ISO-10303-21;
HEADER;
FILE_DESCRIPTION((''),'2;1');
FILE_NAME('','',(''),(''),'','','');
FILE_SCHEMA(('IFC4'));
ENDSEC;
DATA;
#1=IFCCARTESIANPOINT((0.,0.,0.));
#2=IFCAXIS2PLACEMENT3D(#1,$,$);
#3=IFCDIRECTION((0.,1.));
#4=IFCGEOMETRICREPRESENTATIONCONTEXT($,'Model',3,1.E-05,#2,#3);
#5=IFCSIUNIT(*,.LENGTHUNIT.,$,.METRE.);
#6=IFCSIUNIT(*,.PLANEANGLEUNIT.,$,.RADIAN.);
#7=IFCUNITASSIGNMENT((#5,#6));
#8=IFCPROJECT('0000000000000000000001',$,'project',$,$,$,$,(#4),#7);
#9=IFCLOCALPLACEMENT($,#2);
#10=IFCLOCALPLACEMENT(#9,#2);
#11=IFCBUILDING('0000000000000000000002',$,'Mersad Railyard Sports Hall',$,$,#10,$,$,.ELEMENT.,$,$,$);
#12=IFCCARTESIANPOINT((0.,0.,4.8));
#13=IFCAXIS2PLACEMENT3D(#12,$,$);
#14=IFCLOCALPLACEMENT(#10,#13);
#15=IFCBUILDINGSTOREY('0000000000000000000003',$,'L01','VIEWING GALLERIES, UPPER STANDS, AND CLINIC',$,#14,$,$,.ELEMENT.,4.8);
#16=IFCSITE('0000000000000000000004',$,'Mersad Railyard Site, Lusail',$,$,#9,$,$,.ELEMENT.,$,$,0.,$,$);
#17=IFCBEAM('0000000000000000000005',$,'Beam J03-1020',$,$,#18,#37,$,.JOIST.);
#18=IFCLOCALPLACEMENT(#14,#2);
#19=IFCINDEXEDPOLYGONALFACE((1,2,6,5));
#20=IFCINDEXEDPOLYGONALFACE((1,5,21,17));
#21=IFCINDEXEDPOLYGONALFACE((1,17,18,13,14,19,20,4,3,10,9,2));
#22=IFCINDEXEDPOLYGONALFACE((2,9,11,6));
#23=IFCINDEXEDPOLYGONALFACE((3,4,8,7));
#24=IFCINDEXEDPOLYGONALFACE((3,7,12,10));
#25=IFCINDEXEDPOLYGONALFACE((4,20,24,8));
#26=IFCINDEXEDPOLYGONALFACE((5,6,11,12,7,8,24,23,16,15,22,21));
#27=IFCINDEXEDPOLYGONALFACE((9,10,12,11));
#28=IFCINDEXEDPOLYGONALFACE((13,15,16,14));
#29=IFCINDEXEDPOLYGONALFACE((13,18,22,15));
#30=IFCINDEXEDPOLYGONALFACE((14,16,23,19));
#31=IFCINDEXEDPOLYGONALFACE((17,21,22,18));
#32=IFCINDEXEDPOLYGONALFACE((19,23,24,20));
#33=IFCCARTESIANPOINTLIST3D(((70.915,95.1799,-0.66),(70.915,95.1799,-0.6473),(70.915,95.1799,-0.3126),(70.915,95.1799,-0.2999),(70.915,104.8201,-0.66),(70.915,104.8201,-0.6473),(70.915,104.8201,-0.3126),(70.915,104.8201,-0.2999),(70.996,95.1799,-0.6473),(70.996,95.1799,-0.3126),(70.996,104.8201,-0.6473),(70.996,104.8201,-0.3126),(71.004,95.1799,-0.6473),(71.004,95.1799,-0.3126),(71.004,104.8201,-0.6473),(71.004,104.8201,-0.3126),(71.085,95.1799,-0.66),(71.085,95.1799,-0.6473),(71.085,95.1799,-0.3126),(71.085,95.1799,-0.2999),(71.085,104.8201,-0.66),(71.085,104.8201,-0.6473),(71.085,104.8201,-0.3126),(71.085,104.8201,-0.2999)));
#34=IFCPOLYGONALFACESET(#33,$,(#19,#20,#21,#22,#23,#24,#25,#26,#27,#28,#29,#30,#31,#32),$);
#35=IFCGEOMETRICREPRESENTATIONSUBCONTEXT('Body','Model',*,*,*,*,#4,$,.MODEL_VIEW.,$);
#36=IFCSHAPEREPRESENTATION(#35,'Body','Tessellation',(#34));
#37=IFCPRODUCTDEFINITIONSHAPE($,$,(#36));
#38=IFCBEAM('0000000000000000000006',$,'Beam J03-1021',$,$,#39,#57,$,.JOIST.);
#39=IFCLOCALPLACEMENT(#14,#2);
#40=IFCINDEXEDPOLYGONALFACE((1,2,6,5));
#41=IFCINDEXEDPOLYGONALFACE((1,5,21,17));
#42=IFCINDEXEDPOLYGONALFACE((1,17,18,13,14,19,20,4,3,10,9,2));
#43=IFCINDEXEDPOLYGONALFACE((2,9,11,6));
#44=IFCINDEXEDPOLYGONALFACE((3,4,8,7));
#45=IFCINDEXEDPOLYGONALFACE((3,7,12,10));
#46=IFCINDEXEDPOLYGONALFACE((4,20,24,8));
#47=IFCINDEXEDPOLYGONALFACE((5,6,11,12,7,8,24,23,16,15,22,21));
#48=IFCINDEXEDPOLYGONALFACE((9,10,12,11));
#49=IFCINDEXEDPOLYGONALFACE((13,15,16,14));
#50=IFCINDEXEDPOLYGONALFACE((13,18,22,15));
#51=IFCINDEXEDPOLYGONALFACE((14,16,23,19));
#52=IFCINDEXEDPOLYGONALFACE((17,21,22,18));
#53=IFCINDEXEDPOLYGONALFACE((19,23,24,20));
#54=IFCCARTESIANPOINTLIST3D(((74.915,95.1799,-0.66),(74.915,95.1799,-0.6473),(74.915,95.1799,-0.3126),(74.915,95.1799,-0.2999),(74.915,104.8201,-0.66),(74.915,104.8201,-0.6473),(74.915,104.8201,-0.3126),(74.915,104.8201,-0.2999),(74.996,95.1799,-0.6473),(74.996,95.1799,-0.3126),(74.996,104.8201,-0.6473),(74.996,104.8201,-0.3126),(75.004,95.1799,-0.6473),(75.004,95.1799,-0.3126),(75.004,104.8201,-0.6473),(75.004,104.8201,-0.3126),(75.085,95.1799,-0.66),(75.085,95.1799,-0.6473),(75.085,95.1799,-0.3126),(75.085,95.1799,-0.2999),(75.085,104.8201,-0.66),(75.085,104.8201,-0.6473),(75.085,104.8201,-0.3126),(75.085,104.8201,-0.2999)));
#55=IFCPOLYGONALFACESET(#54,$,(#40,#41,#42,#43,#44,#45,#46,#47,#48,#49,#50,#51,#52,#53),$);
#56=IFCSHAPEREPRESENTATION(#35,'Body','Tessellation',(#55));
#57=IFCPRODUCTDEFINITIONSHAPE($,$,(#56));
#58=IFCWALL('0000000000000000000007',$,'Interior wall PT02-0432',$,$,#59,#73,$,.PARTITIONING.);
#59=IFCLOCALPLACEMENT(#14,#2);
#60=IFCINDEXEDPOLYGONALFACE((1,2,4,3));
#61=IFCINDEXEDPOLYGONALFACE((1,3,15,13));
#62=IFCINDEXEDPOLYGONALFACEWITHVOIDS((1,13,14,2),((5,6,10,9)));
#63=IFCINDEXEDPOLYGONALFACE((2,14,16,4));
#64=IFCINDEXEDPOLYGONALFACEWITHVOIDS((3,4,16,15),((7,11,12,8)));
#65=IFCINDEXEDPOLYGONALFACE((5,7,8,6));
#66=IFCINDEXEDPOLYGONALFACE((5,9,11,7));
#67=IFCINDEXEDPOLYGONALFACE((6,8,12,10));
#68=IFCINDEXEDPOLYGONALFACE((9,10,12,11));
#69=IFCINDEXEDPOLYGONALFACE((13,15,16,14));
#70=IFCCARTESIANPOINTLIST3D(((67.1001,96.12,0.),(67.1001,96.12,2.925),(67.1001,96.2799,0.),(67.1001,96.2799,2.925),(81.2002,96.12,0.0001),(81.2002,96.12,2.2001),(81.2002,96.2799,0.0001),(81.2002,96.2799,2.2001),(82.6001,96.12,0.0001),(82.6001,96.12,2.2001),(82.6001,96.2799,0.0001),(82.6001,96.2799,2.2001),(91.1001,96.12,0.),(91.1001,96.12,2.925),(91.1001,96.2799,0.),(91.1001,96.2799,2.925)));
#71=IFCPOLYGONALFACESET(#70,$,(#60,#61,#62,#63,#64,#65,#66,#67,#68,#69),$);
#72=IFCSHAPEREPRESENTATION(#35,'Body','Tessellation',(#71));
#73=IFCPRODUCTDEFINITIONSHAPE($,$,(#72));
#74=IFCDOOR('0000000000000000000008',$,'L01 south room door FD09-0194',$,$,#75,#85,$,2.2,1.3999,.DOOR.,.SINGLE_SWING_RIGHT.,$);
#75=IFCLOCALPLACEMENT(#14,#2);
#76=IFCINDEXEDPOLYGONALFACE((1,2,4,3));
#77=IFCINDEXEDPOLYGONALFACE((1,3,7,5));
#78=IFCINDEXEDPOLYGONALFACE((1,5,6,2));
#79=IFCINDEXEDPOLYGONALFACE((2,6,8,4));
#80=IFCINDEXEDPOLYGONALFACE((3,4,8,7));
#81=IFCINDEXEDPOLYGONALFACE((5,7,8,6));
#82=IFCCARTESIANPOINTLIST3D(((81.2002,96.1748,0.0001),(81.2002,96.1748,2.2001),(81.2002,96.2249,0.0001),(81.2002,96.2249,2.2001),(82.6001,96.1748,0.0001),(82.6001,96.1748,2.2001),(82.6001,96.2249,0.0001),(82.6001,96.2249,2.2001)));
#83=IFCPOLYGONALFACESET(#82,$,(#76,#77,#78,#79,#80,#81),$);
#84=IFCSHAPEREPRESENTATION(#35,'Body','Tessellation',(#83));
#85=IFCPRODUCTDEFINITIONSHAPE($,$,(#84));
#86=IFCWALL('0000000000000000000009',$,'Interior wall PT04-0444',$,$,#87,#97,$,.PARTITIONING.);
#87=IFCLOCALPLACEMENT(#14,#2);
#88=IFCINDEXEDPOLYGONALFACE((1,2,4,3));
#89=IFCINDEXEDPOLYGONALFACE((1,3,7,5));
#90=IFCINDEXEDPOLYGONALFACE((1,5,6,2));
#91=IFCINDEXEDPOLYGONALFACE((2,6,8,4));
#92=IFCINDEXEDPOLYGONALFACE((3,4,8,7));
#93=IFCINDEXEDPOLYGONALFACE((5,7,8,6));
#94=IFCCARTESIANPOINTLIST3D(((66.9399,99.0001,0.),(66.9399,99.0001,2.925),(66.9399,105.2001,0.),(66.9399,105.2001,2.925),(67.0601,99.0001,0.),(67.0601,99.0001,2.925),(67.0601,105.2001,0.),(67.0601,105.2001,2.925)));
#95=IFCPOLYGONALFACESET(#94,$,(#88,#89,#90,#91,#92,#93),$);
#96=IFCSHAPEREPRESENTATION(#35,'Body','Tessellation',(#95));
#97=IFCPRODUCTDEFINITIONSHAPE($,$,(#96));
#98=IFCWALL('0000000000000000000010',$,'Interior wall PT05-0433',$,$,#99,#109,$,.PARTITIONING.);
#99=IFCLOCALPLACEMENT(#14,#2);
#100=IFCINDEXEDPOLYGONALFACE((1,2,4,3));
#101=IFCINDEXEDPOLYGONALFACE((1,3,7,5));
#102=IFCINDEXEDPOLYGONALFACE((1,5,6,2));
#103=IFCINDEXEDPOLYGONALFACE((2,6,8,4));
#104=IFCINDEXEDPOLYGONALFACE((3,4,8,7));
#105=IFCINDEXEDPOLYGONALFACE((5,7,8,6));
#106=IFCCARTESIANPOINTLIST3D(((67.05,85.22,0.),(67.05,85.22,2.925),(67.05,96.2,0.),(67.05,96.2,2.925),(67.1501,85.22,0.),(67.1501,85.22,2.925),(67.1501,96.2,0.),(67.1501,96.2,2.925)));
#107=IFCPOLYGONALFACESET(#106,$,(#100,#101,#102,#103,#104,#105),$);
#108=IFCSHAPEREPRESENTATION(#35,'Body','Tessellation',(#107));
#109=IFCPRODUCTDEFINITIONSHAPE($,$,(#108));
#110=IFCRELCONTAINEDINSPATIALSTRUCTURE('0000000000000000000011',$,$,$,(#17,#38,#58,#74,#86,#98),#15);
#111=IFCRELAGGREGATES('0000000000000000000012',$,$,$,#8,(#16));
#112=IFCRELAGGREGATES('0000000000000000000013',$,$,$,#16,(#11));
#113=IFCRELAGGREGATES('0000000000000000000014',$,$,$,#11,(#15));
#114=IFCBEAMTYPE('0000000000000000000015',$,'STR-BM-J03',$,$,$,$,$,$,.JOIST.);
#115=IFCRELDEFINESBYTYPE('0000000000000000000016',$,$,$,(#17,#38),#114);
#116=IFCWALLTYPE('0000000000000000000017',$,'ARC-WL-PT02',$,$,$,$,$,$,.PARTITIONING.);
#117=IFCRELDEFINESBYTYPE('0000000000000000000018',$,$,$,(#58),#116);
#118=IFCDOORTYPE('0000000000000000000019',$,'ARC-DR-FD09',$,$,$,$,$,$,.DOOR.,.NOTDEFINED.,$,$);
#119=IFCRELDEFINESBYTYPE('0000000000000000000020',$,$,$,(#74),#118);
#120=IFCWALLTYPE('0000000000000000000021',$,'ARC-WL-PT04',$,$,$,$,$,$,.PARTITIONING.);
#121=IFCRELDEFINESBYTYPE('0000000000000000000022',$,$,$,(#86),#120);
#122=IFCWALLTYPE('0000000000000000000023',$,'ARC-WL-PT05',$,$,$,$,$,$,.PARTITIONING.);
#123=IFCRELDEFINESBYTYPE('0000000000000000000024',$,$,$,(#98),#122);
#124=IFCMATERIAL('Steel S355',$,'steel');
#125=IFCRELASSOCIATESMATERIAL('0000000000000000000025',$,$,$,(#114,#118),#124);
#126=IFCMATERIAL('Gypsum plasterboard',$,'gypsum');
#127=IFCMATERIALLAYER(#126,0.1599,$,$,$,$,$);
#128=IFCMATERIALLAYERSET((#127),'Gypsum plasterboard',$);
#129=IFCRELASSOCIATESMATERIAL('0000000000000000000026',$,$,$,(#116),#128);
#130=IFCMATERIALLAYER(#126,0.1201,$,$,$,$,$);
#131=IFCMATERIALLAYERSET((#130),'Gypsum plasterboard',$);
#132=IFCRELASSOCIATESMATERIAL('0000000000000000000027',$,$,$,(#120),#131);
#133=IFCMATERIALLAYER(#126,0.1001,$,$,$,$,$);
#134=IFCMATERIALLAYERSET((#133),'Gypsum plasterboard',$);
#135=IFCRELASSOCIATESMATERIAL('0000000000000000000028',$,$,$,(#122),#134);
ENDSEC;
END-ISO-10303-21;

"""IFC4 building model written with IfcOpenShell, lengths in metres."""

from ifc_helpers import new_model, si_unit, direction, frame, frame_2d, origin, origin_2d, place, context, subcontext, project, spatial, rectangle, i_section, extrude, material, layer, layer_set, material_profile, profile_set, type_object, element, fill, save


model = new_model("IFC4")

# Units and contexts
model_context = context("Model", 3, precision=1e-05, world=origin(), true_north=direction((0.0, 1.0)))
body_context = subcontext(model_context, "Body", "Model", "MODEL_VIEW")
ifc_project = project(units=[si_unit("LENGTHUNIT", "METRE"), si_unit("PLANEANGLEUNIT", "RADIAN")], contexts=[model_context])

# Site, building, storey
site_placement = place(None, origin())
site = spatial("IfcSite", under=ifc_project, at=site_placement, Name="Mersad Railyard Site, Lusail", CompositionType="ELEMENT", RefElevation=0.0)
building_placement = place(site_placement, origin())
building = spatial("IfcBuilding", under=site, at=building_placement, Name="Mersad Railyard Sports Hall", CompositionType="ELEMENT")
storey_placement = place(building_placement, frame((0.0, 0.0, 4.8)))
storey = spatial("IfcBuildingStorey", under=building, at=storey_placement, Name="L01", Description="VIEWING GALLERIES, UPPER STANDS, AND CLINIC", CompositionType="ELEMENT", Elevation=4.8)

# Beams
ifc_material_1 = material(Name="Steel S355", Category="steel")
ifc_material_profile_1 = material_profile(ifc_material_1, i_section(OverallWidth=0.1699, OverallDepth=0.3601, WebThickness=0.0081, FlangeThickness=0.0127, at=origin_2d()), Name="IPE 360")
ifc_profile_set_1 = profile_set([ifc_material_profile_1], Name="Steel S355")
beam_type_1 = type_object("IfcBeamType", Name="STR-BM-J03", PredefinedType="JOIST", material=ifc_profile_set_1)
for number, where, z_axis, x_axis, name in (
    (1, (71.0, 95.1799, -0.48), (0.0, 1.0, 0.0), (-1.0, 0.0, 0.0), "Beam J03-1020"),
    (2, (75.0, 95.1799, -0.48), (0.0, 1.0, 0.0), (-1.0, 0.0, 0.0), "Beam J03-1021"),
):
    element("IfcBeam", number, at=place(storey_placement, frame(where, z_axis=z_axis, x_axis=x_axis)), inside=storey, type_object=beam_type_1, Name=name, PredefinedType="JOIST", context=body_context, shape_type="SweptSolid", body=[
        extrude(i_section(OverallWidth=0.1699, OverallDepth=0.3601, WebThickness=0.0081, FlangeThickness=0.0127, at=origin_2d()), origin(), (0.0, 0.0, 1.0), 9.6401),
    ])

# Wall, opening, door
ifc_material_2 = material(Name="Gypsum plasterboard", Category="gypsum")
ifc_layer_1 = layer(ifc_material_2, 0.1599)
ifc_layer_set_1 = layer_set([ifc_layer_1], Name="Gypsum plasterboard")
wall_type_1 = type_object("IfcWallType", Name="ARC-WL-PT02", PredefinedType="PARTITIONING", material=ifc_layer_set_1)
wall_1_placement = place(storey_placement, frame((67.1001, 96.2, 0.0), z_axis=(0.0, 0.0, 1.0), x_axis=(1.0, 0.0, 0.0)))
wall_1 = element("IfcWall", 3, at=wall_1_placement, inside=storey, type_object=wall_type_1, Name="Interior wall PT02-0432", PredefinedType="PARTITIONING", context=body_context, shape_type="SweptSolid", body=[
    extrude(rectangle(XDim=24.0, YDim=0.1599, at=frame_2d((12.0, 0.0))), origin(), (0.0, 0.0, 1.0), 2.925),
])
opening_1_placement = place(wall_1_placement, frame((14.1001, 0.0, 0.0)))
opening_1 = element("IfcOpeningElement", 4, at=opening_1_placement, cuts=wall_1, PredefinedType="OPENING", context=body_context, shape_type="SweptSolid", body=[
    extrude(rectangle(XDim=1.3999, YDim=2.2, at=frame_2d((0.7, 1.1001))), frame((0.0, 0.0898, 0.0), z_axis=(0.0, -1.0, 0.0), x_axis=(1.0, 0.0, 0.0)), (0.0, 0.0, 1.0), 0.1799),
])
door_type_1 = type_object("IfcDoorType", Name="ARC-DR-FD09", OperationType="NOTDEFINED", PredefinedType="DOOR", material=ifc_material_1)
door_1_placement = place(opening_1_placement, origin())
door_1 = element("IfcDoor", 5, at=door_1_placement, inside=storey, type_object=door_type_1, Name="L01 south room door FD09-0194", OperationType="SINGLE_SWING_RIGHT", OverallHeight=2.2, OverallWidth=1.3999, PredefinedType="DOOR", context=body_context, shape_type="SweptSolid", body=[
    extrude(rectangle(XDim=1.3999, YDim=2.2, at=frame_2d((0.7, 1.1001))), frame((0.0, 0.0249, 0.0), z_axis=(0.0, -1.0, 0.0), x_axis=(1.0, 0.0, 0.0)), (0.0, 0.0, 1.0), 0.05),
])
fill(opening_1, door_1)

# Walls
ifc_layer_2 = layer(ifc_material_2, 0.1201)
ifc_layer_set_2 = layer_set([ifc_layer_2], Name="Gypsum plasterboard")
wall_type_2 = type_object("IfcWallType", Name="ARC-WL-PT04", PredefinedType="PARTITIONING", material=ifc_layer_set_2)
wall_2_placement = place(storey_placement, frame((67.0, 99.0, 0.0), z_axis=(0.0, 0.0, 1.0), x_axis=(0.0, 1.0, 0.0)))
element("IfcWall", 6, at=wall_2_placement, inside=storey, type_object=wall_type_2, Name="Interior wall PT04-0444", PredefinedType="PARTITIONING", context=body_context, shape_type="SweptSolid", body=[
    extrude(rectangle(XDim=6.2, YDim=0.1201, at=frame_2d((3.1001, 0.0))), origin(), (0.0, 0.0, 1.0), 2.925),
])
ifc_layer_3 = layer(ifc_material_2, 0.1001)
ifc_layer_set_3 = layer_set([ifc_layer_3], Name="Gypsum plasterboard")
wall_type_3 = type_object("IfcWallType", Name="ARC-WL-PT05", PredefinedType="PARTITIONING", material=ifc_layer_set_3)
wall_3_placement = place(storey_placement, frame((67.1001, 85.22, 0.0), z_axis=(0.0, 0.0, 1.0), x_axis=(0.0, 1.0, 0.0)))
element("IfcWall", 7, at=wall_3_placement, inside=storey, type_object=wall_type_3, Name="Interior wall PT05-0433", PredefinedType="PARTITIONING", context=body_context, shape_type="SweptSolid", body=[
    extrude(rectangle(XDim=10.98, YDim=0.1001, at=frame_2d((5.49, 0.0))), origin(), (0.0, 0.0, 1.0), 2.925),
])

save(model, "model.ifc")
